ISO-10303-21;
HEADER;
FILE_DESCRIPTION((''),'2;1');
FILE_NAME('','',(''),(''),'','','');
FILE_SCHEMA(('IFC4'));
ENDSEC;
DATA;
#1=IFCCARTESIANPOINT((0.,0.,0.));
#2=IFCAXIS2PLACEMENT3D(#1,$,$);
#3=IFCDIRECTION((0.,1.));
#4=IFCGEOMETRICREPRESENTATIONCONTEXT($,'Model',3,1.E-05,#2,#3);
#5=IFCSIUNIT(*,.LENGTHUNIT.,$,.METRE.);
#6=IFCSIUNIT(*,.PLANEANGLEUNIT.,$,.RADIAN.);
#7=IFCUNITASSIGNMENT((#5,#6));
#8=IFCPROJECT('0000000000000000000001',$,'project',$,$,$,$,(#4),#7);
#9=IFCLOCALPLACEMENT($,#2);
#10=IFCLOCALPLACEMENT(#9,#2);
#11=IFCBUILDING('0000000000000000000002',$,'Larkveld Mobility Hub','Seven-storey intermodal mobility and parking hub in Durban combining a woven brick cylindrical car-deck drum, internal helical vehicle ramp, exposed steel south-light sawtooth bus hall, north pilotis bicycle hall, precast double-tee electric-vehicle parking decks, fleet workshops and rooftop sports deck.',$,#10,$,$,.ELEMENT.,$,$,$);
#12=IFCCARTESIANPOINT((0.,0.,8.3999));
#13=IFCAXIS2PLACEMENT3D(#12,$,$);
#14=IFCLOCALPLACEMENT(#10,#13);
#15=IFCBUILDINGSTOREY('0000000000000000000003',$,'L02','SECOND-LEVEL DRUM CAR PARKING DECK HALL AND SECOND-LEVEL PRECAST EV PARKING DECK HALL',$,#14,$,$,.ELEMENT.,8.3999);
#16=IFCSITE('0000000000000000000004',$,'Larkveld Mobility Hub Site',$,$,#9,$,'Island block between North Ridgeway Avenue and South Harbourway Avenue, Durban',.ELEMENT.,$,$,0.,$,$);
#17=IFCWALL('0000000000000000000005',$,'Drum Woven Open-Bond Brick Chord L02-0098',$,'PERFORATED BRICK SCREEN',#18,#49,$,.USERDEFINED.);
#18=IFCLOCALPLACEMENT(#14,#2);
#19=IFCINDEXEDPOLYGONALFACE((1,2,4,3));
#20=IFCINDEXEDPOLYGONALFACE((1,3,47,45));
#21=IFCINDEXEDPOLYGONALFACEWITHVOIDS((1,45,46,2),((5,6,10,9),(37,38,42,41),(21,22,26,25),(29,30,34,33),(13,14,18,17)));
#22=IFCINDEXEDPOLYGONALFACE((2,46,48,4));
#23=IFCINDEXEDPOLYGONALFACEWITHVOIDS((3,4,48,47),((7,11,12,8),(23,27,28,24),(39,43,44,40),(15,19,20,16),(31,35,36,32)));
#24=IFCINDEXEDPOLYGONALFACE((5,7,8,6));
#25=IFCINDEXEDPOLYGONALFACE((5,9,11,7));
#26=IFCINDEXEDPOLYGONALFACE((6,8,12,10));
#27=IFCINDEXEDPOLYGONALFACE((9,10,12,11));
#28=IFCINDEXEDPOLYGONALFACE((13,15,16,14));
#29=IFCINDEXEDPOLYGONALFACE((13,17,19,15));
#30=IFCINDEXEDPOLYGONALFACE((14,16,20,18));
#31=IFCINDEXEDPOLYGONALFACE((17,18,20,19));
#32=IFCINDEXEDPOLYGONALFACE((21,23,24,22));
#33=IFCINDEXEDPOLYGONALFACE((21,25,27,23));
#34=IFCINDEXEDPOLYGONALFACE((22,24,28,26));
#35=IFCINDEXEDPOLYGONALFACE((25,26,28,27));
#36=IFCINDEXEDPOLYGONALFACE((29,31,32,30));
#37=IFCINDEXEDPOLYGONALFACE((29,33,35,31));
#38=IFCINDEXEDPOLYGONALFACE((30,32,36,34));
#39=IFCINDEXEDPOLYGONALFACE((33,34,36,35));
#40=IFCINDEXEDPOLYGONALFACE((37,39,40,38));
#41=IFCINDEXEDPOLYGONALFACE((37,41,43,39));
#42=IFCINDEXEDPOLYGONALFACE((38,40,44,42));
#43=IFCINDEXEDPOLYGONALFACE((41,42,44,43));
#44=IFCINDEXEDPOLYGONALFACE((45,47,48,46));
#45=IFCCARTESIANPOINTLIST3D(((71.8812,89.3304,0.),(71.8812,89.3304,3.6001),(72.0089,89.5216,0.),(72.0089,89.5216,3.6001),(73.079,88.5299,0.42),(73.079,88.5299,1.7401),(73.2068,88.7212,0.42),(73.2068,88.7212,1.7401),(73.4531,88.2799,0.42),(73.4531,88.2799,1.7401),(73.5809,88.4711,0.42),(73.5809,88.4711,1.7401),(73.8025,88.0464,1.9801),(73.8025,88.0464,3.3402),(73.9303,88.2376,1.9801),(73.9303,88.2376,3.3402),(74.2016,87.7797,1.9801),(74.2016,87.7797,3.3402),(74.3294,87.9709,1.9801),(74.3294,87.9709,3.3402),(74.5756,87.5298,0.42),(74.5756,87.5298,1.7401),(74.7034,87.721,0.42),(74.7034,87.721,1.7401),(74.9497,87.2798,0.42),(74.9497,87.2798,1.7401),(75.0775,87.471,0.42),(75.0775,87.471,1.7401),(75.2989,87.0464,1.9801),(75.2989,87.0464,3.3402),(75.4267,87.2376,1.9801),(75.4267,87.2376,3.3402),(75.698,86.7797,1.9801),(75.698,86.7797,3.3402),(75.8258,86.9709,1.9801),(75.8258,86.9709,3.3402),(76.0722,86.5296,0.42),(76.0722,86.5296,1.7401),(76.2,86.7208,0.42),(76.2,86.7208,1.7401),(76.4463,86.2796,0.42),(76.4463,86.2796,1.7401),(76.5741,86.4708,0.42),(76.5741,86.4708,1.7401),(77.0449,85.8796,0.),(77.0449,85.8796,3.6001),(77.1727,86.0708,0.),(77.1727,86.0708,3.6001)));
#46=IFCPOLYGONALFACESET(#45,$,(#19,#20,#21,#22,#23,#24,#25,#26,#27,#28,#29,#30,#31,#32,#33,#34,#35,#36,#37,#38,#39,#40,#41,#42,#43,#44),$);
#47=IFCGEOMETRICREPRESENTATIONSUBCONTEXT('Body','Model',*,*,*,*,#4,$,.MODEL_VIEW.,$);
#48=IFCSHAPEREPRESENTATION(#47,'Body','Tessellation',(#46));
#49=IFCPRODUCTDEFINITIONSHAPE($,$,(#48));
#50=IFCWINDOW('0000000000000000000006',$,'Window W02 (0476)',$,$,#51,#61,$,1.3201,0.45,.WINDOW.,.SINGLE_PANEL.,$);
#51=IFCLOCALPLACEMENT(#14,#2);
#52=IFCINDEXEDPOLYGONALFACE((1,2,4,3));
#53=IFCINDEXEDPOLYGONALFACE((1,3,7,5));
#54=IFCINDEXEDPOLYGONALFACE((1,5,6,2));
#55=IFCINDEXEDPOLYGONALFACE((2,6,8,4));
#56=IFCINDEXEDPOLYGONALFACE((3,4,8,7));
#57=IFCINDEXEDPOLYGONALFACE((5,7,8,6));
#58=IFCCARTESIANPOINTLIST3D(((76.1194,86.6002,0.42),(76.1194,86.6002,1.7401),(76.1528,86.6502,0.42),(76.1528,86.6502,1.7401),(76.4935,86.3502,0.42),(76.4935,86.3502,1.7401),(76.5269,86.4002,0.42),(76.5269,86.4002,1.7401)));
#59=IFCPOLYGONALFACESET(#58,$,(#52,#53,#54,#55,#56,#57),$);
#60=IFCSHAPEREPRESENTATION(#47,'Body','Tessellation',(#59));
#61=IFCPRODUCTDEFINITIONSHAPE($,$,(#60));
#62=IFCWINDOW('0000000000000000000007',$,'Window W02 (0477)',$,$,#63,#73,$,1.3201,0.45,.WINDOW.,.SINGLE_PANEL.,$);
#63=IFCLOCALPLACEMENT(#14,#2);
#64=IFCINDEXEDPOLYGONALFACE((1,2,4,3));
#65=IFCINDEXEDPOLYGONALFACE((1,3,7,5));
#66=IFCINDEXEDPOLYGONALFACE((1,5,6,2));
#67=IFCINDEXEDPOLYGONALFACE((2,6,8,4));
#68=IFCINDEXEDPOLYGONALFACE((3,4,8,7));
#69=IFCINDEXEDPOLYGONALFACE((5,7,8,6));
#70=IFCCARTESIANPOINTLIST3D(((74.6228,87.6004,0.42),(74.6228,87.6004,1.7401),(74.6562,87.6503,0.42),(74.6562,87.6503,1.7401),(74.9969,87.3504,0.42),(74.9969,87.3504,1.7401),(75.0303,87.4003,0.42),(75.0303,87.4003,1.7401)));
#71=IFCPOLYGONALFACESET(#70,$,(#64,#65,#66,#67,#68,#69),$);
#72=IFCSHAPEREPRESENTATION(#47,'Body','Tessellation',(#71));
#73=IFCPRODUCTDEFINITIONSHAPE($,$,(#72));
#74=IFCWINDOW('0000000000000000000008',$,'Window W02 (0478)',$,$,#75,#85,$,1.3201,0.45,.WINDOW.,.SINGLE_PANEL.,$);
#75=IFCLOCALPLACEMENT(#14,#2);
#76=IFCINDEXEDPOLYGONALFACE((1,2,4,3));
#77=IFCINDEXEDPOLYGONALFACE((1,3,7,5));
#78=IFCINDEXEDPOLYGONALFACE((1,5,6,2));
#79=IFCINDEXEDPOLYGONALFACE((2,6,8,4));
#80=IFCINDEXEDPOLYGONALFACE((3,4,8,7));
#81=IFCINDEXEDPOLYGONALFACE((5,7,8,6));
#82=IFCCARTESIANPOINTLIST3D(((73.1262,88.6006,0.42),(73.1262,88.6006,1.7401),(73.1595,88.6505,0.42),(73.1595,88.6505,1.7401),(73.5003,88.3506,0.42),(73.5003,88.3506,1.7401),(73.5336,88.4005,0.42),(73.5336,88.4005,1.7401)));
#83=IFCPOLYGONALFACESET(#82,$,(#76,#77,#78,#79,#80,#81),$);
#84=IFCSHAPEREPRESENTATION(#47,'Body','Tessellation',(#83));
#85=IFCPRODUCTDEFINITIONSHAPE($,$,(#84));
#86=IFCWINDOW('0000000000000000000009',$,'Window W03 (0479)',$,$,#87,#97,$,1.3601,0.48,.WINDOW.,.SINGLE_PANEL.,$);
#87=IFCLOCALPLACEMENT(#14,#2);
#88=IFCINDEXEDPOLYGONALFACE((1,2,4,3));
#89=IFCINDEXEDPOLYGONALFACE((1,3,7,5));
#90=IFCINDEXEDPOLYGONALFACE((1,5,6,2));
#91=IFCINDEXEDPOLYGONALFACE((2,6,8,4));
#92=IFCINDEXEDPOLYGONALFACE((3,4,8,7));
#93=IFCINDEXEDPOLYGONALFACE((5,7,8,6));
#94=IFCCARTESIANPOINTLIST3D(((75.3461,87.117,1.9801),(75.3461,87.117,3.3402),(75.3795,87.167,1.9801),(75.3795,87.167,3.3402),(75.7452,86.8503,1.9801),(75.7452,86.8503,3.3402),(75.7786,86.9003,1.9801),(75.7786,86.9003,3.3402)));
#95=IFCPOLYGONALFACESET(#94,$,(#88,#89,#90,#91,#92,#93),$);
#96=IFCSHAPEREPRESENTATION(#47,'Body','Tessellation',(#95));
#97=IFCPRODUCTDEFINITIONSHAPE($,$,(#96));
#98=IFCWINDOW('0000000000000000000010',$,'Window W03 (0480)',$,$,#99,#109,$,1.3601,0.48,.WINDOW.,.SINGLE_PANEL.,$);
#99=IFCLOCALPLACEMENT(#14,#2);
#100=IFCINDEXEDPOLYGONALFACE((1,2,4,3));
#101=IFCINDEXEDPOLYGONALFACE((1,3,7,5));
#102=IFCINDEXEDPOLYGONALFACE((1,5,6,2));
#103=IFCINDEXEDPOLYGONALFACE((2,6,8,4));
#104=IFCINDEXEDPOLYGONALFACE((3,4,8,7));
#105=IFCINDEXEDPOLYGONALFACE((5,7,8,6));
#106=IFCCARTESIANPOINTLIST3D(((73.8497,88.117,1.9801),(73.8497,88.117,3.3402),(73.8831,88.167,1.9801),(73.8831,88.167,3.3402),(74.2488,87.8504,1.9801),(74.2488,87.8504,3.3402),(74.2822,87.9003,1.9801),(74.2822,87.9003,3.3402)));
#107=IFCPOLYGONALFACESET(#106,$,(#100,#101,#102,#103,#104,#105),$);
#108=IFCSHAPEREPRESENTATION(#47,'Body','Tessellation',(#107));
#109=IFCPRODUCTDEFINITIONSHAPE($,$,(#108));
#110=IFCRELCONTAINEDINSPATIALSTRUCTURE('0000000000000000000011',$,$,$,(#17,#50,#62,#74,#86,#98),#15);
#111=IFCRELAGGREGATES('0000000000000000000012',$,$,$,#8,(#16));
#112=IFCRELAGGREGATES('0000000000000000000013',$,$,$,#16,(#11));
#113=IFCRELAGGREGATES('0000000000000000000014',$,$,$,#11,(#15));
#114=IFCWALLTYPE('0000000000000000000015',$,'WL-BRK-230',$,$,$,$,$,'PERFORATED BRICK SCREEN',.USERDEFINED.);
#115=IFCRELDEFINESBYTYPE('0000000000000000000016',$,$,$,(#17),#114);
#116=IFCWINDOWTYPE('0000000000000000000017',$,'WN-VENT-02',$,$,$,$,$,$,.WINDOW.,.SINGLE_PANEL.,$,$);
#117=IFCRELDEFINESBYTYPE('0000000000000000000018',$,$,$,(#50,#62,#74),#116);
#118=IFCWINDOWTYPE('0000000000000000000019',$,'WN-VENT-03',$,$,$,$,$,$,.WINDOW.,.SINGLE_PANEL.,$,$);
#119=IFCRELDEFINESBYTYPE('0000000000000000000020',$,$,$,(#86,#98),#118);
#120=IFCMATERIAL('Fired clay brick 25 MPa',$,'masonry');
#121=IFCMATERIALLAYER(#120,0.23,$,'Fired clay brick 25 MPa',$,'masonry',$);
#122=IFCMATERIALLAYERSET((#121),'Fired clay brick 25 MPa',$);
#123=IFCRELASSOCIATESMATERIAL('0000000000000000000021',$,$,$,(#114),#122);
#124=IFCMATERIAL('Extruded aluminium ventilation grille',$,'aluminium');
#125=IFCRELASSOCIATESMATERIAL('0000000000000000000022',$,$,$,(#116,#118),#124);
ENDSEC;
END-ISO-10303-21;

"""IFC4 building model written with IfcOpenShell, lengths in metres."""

from ifc_helpers import new_model, si_unit, direction, frame, frame_2d, origin, place, context, subcontext, project, spatial, rectangle, extrude, material, layer, layer_set, type_object, element, fill, save


model = new_model("IFC4")

# Units and contexts
model_context = context("Model", 3, precision=1e-05, world=origin(), true_north=direction((0.0, 1.0)))
body_context = subcontext(model_context, "Body", "Model", "MODEL_VIEW")
ifc_project = project(units=[si_unit("LENGTHUNIT", "METRE"), si_unit("PLANEANGLEUNIT", "RADIAN")], contexts=[model_context])

# Site, building, storey
site_placement = place(None, origin())
site = spatial("IfcSite", under=ifc_project, at=site_placement, Name="Larkveld Mobility Hub Site", LongName="Island block between North Ridgeway Avenue and South Harbourway Avenue, Durban", CompositionType="ELEMENT", RefElevation=0.0)
building_placement = place(site_placement, origin())
building = spatial("IfcBuilding", under=site, at=building_placement, Name="Larkveld Mobility Hub", Description="Seven-storey intermodal mobility and parking hub in Durban combining a woven brick cylindrical car-deck drum, internal helical vehicle ramp, exposed steel south-light sawtooth bus hall, north pilotis bicycle hall, precast double-tee electric-vehicle parking decks, fleet workshops and rooftop sports deck.", CompositionType="ELEMENT")
storey_placement = place(building_placement, frame((0.0, 0.0, 8.3999)))
storey = spatial("IfcBuildingStorey", under=building, at=storey_placement, Name="L02", Description="SECOND-LEVEL DRUM CAR PARKING DECK HALL AND SECOND-LEVEL PRECAST EV PARKING DECK HALL", CompositionType="ELEMENT", Elevation=8.3999)

# Wall, openings, windows
ifc_material_1 = material(Name="Fired clay brick 25 MPa", Category="masonry")
ifc_layer_1 = layer(ifc_material_1, 0.23, Name="Fired clay brick 25 MPa", Category="masonry")
ifc_layer_set_1 = layer_set([ifc_layer_1], Name="Fired clay brick 25 MPa")
wall_type_1 = type_object("IfcWallType", Name="WL-BRK-230", ElementType="PERFORATED BRICK SCREEN", PredefinedType="USERDEFINED", material=ifc_layer_set_1)
wall_1_placement = place(storey_placement, frame((77.1089, 85.9751, 0.0), z_axis=(0.0, 0.0, 1.0), x_axis=(-0.831427, 0.555634, 0.0)))
wall_1 = element("IfcWall", 1, at=wall_1_placement, inside=storey, type_object=wall_type_1, Name="Drum Woven Open-Bond Brick Chord L02-0098", ObjectType="PERFORATED BRICK SCREEN", PredefinedType="USERDEFINED", context=body_context, shape_type="SweptSolid", body=[
    extrude(rectangle(XDim=6.2107, YDim=0.23, at=frame_2d((3.1055, 0.0))), origin(), (0.0, 0.0, 1.0), 3.6001),
])
opening_1_placement = place(wall_1_placement, frame((0.72, 0.0, 0.4199)))
opening_1 = element("IfcOpeningElement", 2, at=opening_1_placement, cuts=wall_1, PredefinedType="OPENING", context=body_context, shape_type="SweptSolid", body=[
    extrude(rectangle(XDim=0.45, YDim=1.3201, at=frame_2d((0.2251, 0.6602))), frame((0.0, 0.125, 0.0), z_axis=(0.0, -1.0, 0.0), x_axis=(1.0, 0.0, 0.0)), (0.0, 0.0, 1.0), 0.25),
])
opening_2_placement = place(wall_1_placement, frame((2.52, 0.0, 0.4199)))
opening_2 = element("IfcOpeningElement", 3, at=opening_2_placement, cuts=wall_1, PredefinedType="OPENING", context=body_context, shape_type="SweptSolid", body=[
    extrude(rectangle(XDim=0.45, YDim=1.3201, at=frame_2d((0.2251, 0.6602))), frame((0.0, 0.125, 0.0), z_axis=(0.0, -1.0, 0.0), x_axis=(1.0, 0.0, 0.0)), (0.0, 0.0, 1.0), 0.25),
])
opening_3_placement = place(wall_1_placement, frame((4.3201, 0.0, 0.4199)))
opening_3 = element("IfcOpeningElement", 4, at=opening_3_placement, cuts=wall_1, PredefinedType="OPENING", context=body_context, shape_type="SweptSolid", body=[
    extrude(rectangle(XDim=0.45, YDim=1.3201, at=frame_2d((0.2251, 0.6602))), frame((0.0, 0.125, 0.0), z_axis=(0.0, -1.0, 0.0), x_axis=(1.0, 0.0, 0.0)), (0.0, 0.0, 1.0), 0.25),
])
opening_4_placement = place(wall_1_placement, frame((1.6201, 0.0, 1.98)))
opening_4 = element("IfcOpeningElement", 5, at=opening_4_placement, cuts=wall_1, PredefinedType="OPENING", context=body_context, shape_type="SweptSolid", body=[
    extrude(rectangle(XDim=0.48, YDim=1.3601, at=frame_2d((0.24, 0.6802))), frame((0.0, 0.125, 0.0), z_axis=(0.0, -1.0, 0.0), x_axis=(1.0, 0.0, 0.0)), (0.0, 0.0, 1.0), 0.25),
])
opening_5_placement = place(wall_1_placement, frame((3.4199, 0.0, 1.98)))
opening_5 = element("IfcOpeningElement", 6, at=opening_5_placement, cuts=wall_1, PredefinedType="OPENING", context=body_context, shape_type="SweptSolid", body=[
    extrude(rectangle(XDim=0.48, YDim=1.3601, at=frame_2d((0.24, 0.6802))), frame((0.0, 0.125, 0.0), z_axis=(0.0, -1.0, 0.0), x_axis=(1.0, 0.0, 0.0)), (0.0, 0.0, 1.0), 0.25),
])
ifc_material_2 = material(Name="Extruded aluminium ventilation grille", Category="aluminium")
window_type_1 = type_object("IfcWindowType", Name="WN-VENT-02", PartitioningType="SINGLE_PANEL", PredefinedType="WINDOW", material=ifc_material_2)
window_1_placement = place(opening_1_placement, origin())
window_1 = element("IfcWindow", 7, at=window_1_placement, inside=storey, type_object=window_type_1, Name="Window W02 (0476)", OverallHeight=1.3201, OverallWidth=0.45, PartitioningType="SINGLE_PANEL", PredefinedType="WINDOW", context=body_context, shape_type="SweptSolid", body=[
    extrude(rectangle(XDim=0.45, YDim=1.3201, at=frame_2d((0.2251, 0.6602))), frame((0.0, 0.03, 0.0), z_axis=(0.0, -1.0, 0.0), x_axis=(1.0, 0.0, 0.0)), (0.0, 0.0, 1.0), 0.0601),
])
fill(opening_1, window_1)
window_2_placement = place(opening_2_placement, origin())
window_2 = element("IfcWindow", 8, at=window_2_placement, inside=storey, type_object=window_type_1, Name="Window W02 (0477)", OverallHeight=1.3201, OverallWidth=0.45, PartitioningType="SINGLE_PANEL", PredefinedType="WINDOW", context=body_context, shape_type="SweptSolid", body=[
    extrude(rectangle(XDim=0.45, YDim=1.3201, at=frame_2d((0.2251, 0.6602))), frame((0.0, 0.03, 0.0), z_axis=(0.0, -1.0, 0.0), x_axis=(1.0, 0.0, 0.0)), (0.0, 0.0, 1.0), 0.0601),
])
fill(opening_2, window_2)
window_3_placement = place(opening_3_placement, origin())
window_3 = element("IfcWindow", 9, at=window_3_placement, inside=storey, type_object=window_type_1, Name="Window W02 (0478)", OverallHeight=1.3201, OverallWidth=0.45, PartitioningType="SINGLE_PANEL", PredefinedType="WINDOW", context=body_context, shape_type="SweptSolid", body=[
    extrude(rectangle(XDim=0.45, YDim=1.3201, at=frame_2d((0.2251, 0.6602))), frame((0.0, 0.03, 0.0), z_axis=(0.0, -1.0, 0.0), x_axis=(1.0, 0.0, 0.0)), (0.0, 0.0, 1.0), 0.0601),
])
fill(opening_3, window_3)
window_type_2 = type_object("IfcWindowType", Name="WN-VENT-03", PartitioningType="SINGLE_PANEL", PredefinedType="WINDOW", material=ifc_material_2)
window_4_placement = place(opening_4_placement, origin())
window_4 = element("IfcWindow", 10, at=window_4_placement, inside=storey, type_object=window_type_2, Name="Window W03 (0479)", OverallHeight=1.3601, OverallWidth=0.48, PartitioningType="SINGLE_PANEL", PredefinedType="WINDOW", context=body_context, shape_type="SweptSolid", body=[
    extrude(rectangle(XDim=0.48, YDim=1.3601, at=frame_2d((0.24, 0.6802))), frame((0.0, 0.03, 0.0), z_axis=(0.0, -1.0, 0.0), x_axis=(1.0, 0.0, 0.0)), (0.0, 0.0, 1.0), 0.0601),
])
fill(opening_4, window_4)
window_5_placement = place(opening_5_placement, origin())
window_5 = element("IfcWindow", 11, at=window_5_placement, inside=storey, type_object=window_type_2, Name="Window W03 (0480)", OverallHeight=1.3601, OverallWidth=0.48, PartitioningType="SINGLE_PANEL", PredefinedType="WINDOW", context=body_context, shape_type="SweptSolid", body=[
    extrude(rectangle(XDim=0.48, YDim=1.3601, at=frame_2d((0.24, 0.6802))), frame((0.0, 0.03, 0.0), z_axis=(0.0, -1.0, 0.0), x_axis=(1.0, 0.0, 0.0)), (0.0, 0.0, 1.0), 0.0601),
])
fill(opening_5, window_5)

save(model, "model.ifc")
